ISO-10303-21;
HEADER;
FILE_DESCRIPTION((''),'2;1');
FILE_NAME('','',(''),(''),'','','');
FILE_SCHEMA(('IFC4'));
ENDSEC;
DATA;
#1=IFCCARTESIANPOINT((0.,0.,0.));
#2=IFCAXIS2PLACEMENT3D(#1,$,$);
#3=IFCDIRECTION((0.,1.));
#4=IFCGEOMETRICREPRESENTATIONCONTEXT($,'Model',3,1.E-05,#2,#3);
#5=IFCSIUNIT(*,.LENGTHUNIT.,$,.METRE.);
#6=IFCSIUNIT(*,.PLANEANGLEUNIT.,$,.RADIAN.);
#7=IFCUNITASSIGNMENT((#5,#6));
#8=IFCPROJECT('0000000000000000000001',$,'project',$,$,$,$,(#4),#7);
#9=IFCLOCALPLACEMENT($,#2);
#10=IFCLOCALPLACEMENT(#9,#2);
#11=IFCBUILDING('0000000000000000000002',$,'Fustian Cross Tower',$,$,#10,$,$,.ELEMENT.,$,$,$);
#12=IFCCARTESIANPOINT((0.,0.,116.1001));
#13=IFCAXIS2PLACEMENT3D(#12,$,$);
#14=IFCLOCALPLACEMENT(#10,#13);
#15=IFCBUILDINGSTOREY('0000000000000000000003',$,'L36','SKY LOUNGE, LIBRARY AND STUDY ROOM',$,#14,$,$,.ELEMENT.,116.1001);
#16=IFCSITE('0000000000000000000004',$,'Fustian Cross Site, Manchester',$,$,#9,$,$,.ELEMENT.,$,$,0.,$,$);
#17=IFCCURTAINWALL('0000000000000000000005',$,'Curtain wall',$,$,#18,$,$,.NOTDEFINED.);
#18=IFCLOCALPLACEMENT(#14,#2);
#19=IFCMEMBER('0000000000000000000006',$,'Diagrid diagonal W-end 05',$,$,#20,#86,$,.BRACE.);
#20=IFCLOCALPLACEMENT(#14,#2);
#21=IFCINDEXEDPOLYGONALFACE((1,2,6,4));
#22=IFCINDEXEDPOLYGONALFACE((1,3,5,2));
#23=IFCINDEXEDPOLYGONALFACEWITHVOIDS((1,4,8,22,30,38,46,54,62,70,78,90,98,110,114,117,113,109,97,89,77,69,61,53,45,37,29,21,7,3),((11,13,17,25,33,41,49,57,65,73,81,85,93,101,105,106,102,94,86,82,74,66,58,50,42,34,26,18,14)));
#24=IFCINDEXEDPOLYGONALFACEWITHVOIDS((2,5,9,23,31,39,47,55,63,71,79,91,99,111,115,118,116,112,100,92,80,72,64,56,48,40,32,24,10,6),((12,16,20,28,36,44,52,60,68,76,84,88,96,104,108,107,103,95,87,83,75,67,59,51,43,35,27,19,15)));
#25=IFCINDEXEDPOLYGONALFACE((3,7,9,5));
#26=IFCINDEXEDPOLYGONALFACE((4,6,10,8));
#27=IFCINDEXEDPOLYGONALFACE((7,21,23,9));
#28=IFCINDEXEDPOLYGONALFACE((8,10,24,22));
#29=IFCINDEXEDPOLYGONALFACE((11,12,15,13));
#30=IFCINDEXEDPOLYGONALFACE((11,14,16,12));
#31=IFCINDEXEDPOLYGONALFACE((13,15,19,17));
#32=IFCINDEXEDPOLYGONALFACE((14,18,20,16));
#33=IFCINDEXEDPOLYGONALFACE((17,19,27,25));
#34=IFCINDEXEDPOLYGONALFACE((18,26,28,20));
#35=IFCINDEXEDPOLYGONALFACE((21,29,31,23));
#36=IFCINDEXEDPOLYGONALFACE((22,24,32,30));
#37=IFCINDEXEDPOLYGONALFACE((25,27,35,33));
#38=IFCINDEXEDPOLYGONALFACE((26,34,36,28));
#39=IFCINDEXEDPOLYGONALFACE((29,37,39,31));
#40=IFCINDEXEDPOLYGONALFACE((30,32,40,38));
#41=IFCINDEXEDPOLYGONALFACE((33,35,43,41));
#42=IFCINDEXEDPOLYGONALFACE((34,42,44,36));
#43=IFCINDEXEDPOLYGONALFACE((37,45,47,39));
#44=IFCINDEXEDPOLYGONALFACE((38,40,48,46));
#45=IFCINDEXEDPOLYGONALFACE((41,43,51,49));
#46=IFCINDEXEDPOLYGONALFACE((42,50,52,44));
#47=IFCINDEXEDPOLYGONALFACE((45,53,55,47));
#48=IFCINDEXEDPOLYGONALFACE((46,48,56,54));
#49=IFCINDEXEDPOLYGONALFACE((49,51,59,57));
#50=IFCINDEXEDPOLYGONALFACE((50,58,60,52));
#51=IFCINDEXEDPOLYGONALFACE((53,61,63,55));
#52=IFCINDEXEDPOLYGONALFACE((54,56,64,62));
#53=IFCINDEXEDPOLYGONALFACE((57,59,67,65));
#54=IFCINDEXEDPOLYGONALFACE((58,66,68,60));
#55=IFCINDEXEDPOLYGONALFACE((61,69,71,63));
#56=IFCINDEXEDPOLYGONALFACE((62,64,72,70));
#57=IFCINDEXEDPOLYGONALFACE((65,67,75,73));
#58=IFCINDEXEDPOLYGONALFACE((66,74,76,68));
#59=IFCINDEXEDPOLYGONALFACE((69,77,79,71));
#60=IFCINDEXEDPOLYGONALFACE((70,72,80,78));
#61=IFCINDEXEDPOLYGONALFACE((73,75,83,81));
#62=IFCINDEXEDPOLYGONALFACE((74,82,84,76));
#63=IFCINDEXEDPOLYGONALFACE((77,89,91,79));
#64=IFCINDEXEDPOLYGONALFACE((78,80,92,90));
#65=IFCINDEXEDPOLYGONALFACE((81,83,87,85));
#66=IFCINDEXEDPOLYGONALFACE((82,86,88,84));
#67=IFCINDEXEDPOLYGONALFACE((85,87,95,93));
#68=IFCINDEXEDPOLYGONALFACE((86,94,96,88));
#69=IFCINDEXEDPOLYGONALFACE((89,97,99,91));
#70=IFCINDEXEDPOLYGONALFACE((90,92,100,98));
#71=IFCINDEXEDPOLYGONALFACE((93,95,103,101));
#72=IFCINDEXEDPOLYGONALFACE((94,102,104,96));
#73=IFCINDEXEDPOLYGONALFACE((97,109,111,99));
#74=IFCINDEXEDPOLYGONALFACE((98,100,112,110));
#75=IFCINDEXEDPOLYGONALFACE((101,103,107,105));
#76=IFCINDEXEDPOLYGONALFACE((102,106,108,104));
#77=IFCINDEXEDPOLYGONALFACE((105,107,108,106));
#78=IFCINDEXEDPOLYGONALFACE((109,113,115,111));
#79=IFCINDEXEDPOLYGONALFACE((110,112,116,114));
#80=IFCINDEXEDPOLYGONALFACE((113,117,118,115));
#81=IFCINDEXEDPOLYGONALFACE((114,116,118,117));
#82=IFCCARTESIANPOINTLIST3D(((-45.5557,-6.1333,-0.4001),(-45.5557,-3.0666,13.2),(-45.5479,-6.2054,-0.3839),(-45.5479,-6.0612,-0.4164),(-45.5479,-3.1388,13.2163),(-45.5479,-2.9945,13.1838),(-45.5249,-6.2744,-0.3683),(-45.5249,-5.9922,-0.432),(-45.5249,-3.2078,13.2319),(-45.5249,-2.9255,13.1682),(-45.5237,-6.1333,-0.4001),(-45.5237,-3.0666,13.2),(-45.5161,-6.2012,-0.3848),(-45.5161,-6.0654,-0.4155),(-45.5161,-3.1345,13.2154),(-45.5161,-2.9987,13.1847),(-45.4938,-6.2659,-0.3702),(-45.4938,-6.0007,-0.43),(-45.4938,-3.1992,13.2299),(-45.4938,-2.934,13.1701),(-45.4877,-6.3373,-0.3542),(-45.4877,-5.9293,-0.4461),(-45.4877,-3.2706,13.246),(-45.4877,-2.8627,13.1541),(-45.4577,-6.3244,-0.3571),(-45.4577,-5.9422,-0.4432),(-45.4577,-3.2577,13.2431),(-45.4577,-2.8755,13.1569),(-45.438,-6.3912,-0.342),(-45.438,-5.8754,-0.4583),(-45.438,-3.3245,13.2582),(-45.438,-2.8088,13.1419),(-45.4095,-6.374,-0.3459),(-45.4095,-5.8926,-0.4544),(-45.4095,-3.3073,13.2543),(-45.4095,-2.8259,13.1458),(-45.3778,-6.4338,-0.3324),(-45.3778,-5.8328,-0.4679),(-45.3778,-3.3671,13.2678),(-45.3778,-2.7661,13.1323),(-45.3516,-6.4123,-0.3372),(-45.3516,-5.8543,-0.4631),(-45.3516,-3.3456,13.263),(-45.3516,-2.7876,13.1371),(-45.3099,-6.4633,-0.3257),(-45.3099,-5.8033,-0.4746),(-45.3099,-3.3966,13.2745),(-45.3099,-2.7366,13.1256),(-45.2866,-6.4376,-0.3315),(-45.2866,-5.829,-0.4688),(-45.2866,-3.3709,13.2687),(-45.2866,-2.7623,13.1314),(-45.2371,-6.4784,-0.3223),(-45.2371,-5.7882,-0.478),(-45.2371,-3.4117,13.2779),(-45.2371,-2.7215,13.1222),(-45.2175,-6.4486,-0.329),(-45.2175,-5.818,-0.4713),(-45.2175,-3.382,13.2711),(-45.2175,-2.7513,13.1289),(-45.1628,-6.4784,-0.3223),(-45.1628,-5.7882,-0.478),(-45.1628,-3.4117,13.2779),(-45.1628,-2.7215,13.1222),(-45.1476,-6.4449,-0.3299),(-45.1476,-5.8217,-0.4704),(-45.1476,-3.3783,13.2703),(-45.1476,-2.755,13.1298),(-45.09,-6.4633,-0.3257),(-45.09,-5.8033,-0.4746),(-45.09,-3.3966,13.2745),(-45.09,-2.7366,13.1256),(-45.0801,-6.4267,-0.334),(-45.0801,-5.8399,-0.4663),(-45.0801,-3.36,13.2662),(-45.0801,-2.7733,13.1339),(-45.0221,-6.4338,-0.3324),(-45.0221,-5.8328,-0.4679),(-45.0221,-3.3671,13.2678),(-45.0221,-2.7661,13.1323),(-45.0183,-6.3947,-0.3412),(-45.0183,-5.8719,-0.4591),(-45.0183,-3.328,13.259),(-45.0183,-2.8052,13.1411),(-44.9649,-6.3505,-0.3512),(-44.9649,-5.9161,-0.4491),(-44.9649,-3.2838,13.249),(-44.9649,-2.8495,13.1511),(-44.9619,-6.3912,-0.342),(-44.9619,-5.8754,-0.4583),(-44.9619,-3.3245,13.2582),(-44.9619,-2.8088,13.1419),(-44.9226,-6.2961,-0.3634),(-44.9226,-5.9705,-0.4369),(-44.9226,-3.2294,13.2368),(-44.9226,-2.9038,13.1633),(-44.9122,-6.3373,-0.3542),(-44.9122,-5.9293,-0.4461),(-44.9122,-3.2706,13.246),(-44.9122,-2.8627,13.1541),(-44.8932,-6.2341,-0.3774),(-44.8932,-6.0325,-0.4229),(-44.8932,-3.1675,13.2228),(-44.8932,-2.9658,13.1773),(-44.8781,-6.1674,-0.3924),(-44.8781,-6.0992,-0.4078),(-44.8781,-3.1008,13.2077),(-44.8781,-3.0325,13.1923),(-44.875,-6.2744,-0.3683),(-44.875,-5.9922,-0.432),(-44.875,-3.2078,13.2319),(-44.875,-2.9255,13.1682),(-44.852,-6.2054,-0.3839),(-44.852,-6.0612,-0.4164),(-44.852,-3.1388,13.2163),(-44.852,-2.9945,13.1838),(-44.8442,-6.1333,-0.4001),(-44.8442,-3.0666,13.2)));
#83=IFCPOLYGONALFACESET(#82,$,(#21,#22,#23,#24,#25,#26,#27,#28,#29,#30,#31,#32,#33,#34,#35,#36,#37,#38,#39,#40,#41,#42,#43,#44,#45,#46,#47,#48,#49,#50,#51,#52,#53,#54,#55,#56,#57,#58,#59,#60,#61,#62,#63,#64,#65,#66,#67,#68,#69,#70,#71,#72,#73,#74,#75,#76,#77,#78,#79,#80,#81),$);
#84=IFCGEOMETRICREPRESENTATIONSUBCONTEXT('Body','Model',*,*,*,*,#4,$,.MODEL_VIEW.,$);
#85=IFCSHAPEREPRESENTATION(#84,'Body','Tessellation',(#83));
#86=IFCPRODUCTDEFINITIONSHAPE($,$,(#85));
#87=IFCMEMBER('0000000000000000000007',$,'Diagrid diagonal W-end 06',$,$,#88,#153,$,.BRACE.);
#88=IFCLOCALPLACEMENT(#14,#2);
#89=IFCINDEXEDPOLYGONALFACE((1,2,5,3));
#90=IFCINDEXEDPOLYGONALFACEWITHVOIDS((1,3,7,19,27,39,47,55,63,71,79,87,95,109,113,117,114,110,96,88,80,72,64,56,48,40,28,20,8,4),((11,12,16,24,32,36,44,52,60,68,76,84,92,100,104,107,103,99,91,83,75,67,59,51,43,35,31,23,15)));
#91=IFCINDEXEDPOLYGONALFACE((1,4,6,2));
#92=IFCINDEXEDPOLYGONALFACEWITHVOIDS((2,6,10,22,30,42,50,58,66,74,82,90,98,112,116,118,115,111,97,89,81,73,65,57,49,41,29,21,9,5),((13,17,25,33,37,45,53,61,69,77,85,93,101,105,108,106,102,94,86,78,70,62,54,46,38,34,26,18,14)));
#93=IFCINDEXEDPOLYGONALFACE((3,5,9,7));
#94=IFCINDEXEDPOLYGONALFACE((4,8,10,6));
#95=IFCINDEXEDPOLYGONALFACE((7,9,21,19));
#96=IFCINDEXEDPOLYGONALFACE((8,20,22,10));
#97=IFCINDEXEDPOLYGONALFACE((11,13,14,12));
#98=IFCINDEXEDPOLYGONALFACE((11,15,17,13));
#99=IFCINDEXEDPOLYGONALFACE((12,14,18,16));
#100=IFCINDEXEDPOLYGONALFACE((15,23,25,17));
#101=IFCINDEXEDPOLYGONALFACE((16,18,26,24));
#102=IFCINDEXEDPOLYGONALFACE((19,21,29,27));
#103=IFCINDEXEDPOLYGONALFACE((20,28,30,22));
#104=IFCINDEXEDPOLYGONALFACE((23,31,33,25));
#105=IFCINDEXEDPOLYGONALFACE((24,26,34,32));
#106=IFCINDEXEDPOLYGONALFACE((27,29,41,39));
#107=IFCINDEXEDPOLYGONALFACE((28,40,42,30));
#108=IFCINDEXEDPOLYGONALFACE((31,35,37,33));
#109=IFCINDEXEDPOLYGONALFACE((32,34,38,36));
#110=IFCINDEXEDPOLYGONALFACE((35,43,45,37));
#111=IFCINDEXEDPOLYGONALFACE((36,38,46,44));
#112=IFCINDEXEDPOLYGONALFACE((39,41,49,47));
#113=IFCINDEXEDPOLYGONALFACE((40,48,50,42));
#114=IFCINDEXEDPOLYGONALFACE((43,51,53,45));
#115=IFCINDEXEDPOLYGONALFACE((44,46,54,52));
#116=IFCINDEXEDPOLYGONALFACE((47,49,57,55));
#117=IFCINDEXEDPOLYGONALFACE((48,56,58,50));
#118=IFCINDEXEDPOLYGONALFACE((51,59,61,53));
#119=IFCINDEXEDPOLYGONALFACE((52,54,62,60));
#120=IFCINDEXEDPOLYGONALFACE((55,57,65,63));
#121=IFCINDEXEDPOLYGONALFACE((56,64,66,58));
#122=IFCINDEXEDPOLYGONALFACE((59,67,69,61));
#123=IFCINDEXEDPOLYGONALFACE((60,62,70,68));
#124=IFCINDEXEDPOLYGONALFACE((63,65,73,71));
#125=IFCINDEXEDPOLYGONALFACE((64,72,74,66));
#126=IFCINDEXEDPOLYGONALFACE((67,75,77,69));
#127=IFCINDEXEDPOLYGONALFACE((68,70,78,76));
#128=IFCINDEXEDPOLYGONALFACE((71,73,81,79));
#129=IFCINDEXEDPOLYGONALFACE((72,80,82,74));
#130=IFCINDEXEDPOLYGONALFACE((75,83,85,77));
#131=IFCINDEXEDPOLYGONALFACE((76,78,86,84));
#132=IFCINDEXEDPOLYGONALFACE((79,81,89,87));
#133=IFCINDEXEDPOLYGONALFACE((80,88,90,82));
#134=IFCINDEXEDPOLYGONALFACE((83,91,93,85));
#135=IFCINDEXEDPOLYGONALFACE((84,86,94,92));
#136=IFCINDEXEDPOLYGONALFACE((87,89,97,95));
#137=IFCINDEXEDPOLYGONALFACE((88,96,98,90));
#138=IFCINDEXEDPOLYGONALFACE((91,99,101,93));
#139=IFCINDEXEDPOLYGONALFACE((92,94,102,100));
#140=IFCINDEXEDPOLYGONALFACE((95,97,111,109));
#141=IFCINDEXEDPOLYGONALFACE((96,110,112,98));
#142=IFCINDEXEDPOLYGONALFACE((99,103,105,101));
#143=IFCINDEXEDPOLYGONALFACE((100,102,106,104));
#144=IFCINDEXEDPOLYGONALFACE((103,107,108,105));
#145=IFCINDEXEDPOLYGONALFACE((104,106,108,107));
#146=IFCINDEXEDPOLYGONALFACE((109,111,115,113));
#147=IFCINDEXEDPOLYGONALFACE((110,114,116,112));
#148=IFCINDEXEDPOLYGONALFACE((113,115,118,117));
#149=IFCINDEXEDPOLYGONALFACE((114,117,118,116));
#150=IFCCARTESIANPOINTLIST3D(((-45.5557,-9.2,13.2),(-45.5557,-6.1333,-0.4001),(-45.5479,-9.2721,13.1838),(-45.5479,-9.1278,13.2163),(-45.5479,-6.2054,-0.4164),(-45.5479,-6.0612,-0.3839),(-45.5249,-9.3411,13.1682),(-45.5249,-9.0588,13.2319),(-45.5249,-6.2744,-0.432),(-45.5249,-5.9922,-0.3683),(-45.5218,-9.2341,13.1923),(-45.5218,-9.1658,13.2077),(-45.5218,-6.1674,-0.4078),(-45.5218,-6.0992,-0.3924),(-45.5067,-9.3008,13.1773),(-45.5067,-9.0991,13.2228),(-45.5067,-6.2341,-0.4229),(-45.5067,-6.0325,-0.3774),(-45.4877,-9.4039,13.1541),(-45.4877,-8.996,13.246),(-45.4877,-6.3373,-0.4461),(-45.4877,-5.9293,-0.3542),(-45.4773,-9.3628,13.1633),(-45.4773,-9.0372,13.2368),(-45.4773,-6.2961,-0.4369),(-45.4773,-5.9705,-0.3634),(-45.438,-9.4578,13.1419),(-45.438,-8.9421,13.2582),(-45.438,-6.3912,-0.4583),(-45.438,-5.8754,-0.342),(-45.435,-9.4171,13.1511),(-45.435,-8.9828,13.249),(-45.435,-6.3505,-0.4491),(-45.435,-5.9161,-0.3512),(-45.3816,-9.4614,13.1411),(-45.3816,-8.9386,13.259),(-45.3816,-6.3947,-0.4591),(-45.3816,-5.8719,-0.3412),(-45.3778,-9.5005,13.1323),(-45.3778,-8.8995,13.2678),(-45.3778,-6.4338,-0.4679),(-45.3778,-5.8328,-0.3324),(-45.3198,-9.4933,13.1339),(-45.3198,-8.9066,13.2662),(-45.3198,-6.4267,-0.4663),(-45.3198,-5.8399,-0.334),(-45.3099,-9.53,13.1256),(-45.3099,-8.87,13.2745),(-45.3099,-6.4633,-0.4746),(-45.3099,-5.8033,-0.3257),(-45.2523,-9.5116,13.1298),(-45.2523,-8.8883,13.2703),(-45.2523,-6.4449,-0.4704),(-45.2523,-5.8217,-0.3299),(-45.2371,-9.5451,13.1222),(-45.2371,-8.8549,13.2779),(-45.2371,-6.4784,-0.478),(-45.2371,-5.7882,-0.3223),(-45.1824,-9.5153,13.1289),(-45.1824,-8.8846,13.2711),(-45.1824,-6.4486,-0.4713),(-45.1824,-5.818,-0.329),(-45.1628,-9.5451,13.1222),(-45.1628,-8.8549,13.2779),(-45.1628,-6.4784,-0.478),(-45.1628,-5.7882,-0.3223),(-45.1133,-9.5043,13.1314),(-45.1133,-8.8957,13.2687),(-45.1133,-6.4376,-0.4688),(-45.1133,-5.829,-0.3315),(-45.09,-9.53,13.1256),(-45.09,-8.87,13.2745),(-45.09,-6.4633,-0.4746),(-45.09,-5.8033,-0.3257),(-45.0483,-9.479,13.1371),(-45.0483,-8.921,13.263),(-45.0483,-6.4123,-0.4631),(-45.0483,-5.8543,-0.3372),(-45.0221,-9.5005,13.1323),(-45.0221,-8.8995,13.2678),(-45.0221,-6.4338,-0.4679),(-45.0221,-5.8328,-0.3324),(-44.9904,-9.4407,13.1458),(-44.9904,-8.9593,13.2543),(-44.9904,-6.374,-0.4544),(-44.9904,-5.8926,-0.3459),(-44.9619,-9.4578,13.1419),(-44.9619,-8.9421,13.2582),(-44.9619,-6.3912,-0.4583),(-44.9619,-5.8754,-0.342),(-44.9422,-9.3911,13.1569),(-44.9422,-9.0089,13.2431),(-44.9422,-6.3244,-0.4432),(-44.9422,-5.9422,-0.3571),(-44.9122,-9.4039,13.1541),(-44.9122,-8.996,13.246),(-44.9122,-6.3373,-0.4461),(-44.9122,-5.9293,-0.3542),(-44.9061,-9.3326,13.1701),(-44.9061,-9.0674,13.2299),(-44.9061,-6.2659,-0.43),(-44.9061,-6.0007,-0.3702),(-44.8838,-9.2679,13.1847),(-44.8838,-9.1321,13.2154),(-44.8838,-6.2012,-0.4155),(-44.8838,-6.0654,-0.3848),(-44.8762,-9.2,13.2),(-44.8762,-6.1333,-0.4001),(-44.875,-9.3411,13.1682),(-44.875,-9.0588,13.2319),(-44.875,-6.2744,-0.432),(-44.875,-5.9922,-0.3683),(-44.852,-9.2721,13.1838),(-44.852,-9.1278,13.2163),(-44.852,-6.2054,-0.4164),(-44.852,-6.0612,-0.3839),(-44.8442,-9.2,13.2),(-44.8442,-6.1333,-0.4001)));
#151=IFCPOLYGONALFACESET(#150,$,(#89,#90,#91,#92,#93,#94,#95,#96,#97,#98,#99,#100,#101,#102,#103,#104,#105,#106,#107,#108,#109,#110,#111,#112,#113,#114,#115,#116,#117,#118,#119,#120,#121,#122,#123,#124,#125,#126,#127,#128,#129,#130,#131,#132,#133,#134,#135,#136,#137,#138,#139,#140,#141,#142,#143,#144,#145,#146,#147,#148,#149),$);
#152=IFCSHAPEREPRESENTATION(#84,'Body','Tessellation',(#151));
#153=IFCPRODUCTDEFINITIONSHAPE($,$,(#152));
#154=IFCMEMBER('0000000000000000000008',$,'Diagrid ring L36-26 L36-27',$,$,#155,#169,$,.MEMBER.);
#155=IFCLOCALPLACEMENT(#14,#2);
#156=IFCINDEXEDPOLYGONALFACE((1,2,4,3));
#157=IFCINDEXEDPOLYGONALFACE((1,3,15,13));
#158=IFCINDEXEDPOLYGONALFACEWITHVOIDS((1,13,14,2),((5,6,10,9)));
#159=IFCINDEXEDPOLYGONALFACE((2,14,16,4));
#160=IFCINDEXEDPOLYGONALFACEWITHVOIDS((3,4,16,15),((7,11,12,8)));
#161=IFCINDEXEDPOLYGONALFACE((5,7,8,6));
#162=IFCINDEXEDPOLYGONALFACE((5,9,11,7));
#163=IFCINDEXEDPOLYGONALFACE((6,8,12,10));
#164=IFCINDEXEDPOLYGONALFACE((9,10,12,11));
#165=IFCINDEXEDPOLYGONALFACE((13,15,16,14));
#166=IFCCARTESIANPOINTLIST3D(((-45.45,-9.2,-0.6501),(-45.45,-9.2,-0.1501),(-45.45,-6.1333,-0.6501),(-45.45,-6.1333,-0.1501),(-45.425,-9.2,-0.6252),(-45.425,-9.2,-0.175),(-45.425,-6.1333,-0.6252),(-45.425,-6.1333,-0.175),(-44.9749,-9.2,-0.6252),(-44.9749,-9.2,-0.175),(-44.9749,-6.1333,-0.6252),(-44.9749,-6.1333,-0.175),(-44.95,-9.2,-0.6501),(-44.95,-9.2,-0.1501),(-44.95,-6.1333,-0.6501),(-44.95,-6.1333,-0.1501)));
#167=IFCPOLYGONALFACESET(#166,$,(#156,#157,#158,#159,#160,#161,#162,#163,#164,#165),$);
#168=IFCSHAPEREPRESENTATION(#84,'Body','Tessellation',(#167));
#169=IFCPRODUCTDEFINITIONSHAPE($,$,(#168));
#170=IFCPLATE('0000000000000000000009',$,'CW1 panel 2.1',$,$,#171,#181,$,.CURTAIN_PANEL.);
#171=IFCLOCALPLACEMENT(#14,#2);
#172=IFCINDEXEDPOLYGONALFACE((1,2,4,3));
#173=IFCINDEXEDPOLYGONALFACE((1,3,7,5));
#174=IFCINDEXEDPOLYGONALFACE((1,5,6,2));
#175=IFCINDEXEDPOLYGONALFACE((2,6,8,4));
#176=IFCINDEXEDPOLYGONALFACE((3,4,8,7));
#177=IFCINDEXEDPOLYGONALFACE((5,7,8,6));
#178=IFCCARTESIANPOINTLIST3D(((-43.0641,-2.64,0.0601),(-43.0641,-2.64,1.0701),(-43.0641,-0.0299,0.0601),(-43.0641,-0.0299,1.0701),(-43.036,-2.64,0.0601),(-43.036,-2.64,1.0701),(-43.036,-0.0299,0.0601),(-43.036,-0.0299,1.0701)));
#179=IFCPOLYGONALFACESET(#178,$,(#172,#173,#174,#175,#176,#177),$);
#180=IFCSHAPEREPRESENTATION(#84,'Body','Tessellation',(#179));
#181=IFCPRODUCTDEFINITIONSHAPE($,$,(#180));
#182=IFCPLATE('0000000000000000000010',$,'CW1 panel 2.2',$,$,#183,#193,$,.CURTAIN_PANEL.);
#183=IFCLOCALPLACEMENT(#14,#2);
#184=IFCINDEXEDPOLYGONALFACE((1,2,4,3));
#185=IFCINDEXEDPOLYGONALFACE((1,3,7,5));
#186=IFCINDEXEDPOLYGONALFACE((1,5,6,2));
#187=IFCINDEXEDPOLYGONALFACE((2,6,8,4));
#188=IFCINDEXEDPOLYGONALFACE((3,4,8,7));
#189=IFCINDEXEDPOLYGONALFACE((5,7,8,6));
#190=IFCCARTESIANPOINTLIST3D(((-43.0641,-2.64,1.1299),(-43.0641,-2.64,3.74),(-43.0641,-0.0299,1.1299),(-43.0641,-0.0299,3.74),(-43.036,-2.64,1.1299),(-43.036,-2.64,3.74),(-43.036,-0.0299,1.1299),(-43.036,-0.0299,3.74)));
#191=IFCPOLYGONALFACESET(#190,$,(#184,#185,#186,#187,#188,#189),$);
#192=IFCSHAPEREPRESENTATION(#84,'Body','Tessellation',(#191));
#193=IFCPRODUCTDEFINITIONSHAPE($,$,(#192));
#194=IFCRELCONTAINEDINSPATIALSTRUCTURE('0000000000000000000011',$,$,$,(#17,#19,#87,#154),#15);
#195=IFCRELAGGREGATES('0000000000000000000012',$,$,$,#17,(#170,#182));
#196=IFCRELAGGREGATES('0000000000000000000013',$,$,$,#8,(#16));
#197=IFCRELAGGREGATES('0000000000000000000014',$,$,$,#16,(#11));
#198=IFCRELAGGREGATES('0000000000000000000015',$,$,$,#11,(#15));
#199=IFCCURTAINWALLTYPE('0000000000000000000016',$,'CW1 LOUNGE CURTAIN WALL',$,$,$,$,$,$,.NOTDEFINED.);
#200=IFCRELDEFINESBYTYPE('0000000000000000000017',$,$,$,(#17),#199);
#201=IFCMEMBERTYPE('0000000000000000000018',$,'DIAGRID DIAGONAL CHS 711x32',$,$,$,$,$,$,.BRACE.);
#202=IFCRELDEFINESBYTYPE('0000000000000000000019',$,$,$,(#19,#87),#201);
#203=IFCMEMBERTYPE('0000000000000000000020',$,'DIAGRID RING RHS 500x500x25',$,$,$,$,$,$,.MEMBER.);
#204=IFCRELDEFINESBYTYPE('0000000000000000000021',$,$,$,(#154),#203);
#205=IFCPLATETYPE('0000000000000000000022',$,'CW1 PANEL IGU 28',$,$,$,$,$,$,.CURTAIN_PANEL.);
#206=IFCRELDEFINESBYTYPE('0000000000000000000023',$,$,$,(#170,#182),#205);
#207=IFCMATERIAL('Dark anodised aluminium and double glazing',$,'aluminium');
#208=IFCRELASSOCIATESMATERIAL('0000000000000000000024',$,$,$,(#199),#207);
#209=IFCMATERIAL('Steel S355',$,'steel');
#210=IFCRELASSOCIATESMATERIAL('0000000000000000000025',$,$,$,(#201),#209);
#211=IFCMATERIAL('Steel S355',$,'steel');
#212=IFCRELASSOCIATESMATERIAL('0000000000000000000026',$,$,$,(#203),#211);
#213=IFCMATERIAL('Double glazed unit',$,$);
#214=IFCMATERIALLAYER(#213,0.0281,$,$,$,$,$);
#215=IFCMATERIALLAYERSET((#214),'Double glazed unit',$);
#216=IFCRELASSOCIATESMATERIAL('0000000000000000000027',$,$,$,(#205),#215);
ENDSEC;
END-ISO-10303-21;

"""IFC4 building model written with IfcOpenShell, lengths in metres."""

from ifc_helpers import new_model, si_unit, direction, frame, origin, origin_2d, place, context, subcontext, project, spatial, rectangle, hollow_rectangle, hollow_circle, extrude, material, layer, layer_set, material_profile, profile_set, type_object, element, aggregate, save


model = new_model("IFC4")

# Units and contexts
model_context = context("Model", 3, precision=1e-05, world=origin(), true_north=direction((0.0, 1.0)))
body_context = subcontext(model_context, "Body", "Model", "MODEL_VIEW")
ifc_project = project(units=[si_unit("LENGTHUNIT", "METRE"), si_unit("PLANEANGLEUNIT", "RADIAN")], contexts=[model_context])

# Site, building, storey
site_placement = place(None, origin())
site = spatial("IfcSite", under=ifc_project, at=site_placement, Name="Fustian Cross Site, Manchester", CompositionType="ELEMENT", RefElevation=0.0)
building_placement = place(site_placement, origin())
building = spatial("IfcBuilding", under=site, at=building_placement, Name="Fustian Cross Tower", CompositionType="ELEMENT")
storey_placement = place(building_placement, frame((0.0, 0.0, 116.1001)))
storey = spatial("IfcBuildingStorey", under=building, at=storey_placement, Name="L36", Description="SKY LOUNGE, LIBRARY AND STUDY ROOM", CompositionType="ELEMENT", Elevation=116.1001)

# Curtain wall
ifc_material_1 = material(Name="Dark anodised aluminium and double glazing", Category="aluminium")
curtain_wall_type = type_object("IfcCurtainWallType", Name="CW1 LOUNGE CURTAIN WALL", PredefinedType="NOTDEFINED", material=ifc_material_1)
curtain_wall_1_placement = place(storey_placement, origin())
curtain_wall_1 = element("IfcCurtainWall", 1, at=curtain_wall_1_placement, inside=storey, type_object=curtain_wall_type, Name="Curtain wall", PredefinedType="NOTDEFINED")

# Members
ifc_material_2 = material(Name="Steel S355", Category="steel")
ifc_material_profile_1 = material_profile(ifc_material_2, hollow_circle(Radius=0.3557, WallThickness=0.032, at=origin_2d()), Name="CHS 711x32")
ifc_profile_set_1 = profile_set([ifc_material_profile_1], Name="Steel S355")
member_type_1 = type_object("IfcMemberType", Name="DIAGRID DIAGONAL CHS 711x32", PredefinedType="BRACE", material=ifc_profile_set_1)
for number, where, z_axis, x_axis, name in (
    (2, (-45.2, -6.1333, -0.4001), (0.0, 0.219965, 0.975508), (-1.0, 0.0, 0.0), "Diagrid diagonal W-end 05"),
    (3, (-45.2, -6.1333, -0.4001), (0.0, -0.219965, 0.975508), (1.0, 0.0, 0.0), "Diagrid diagonal W-end 06"),
):
    element("IfcMember", number, at=place(storey_placement, frame(where, z_axis=z_axis, x_axis=x_axis)), inside=storey, type_object=member_type_1, Name=name, PredefinedType="BRACE", context=body_context, shape_type="SweptSolid", body=[
        extrude(hollow_circle(Radius=0.3557, WallThickness=0.032, at=origin_2d()), origin(), (0.0, 0.0, 1.0), 13.9417),
    ])
ifc_material_3 = material(Name="Steel S355", Category="steel")
ifc_material_profile_2 = material_profile(ifc_material_3, hollow_rectangle(XDim=0.5, YDim=0.5, WallThickness=0.0249, at=origin_2d()), Name="RHS 500x500x25")
ifc_profile_set_2 = profile_set([ifc_material_profile_2], Name="Steel S355")
member_type_2 = type_object("IfcMemberType", Name="DIAGRID RING RHS 500x500x25", PredefinedType="MEMBER", material=ifc_profile_set_2)
member_1_placement = place(storey_placement, frame((-45.2, -6.1333, -0.4001), z_axis=(0.0, -1.0, 0.0), x_axis=(1.0, 0.0, 0.0)))
element("IfcMember", 4, at=member_1_placement, inside=storey, type_object=member_type_2, Name="Diagrid ring L36-26 L36-27", PredefinedType="MEMBER", context=body_context, shape_type="SweptSolid", body=[
    extrude(hollow_rectangle(XDim=0.5, YDim=0.5, WallThickness=0.0249, at=origin_2d()), origin(), (0.0, 0.0, 1.0), 3.0667),
])

# Plates
ifc_material_4 = material(Name="Double glazed unit")
ifc_layer_1 = layer(ifc_material_4, 0.0281)
ifc_layer_set_1 = layer_set([ifc_layer_1], Name="Double glazed unit")
plate_type = type_object("IfcPlateType", Name="CW1 PANEL IGU 28", PredefinedType="CURTAIN_PANEL", material=ifc_layer_set_1)
plate_1_placement = place(storey_placement, frame((-43.05, -1.335, 0.0601), z_axis=(0.0, 0.0, 1.0), x_axis=(0.0, -1.0, 0.0)))
plate_1 = element("IfcPlate", 5, at=plate_1_placement, type_object=plate_type, Name="CW1 panel 2.1", PredefinedType="CURTAIN_PANEL", context=body_context, shape_type="SweptSolid", body=[
    extrude(rectangle(XDim=2.6101, YDim=0.0281, at=origin_2d()), origin(), (0.0, 0.0, 1.0), 1.01),
])
plate_2_placement = place(storey_placement, frame((-43.05, -1.335, 1.1299), z_axis=(0.0, 0.0, 1.0), x_axis=(0.0, -1.0, 0.0)))
plate_2 = element("IfcPlate", 6, at=plate_2_placement, type_object=plate_type, Name="CW1 panel 2.2", PredefinedType="CURTAIN_PANEL", context=body_context, shape_type="SweptSolid", body=[
    extrude(rectangle(XDim=2.6101, YDim=0.0281, at=origin_2d()), origin(), (0.0, 0.0, 1.0), 2.6101),
])
aggregate(curtain_wall_1, [plate_1, plate_2])

save(model, "model.ifc")
